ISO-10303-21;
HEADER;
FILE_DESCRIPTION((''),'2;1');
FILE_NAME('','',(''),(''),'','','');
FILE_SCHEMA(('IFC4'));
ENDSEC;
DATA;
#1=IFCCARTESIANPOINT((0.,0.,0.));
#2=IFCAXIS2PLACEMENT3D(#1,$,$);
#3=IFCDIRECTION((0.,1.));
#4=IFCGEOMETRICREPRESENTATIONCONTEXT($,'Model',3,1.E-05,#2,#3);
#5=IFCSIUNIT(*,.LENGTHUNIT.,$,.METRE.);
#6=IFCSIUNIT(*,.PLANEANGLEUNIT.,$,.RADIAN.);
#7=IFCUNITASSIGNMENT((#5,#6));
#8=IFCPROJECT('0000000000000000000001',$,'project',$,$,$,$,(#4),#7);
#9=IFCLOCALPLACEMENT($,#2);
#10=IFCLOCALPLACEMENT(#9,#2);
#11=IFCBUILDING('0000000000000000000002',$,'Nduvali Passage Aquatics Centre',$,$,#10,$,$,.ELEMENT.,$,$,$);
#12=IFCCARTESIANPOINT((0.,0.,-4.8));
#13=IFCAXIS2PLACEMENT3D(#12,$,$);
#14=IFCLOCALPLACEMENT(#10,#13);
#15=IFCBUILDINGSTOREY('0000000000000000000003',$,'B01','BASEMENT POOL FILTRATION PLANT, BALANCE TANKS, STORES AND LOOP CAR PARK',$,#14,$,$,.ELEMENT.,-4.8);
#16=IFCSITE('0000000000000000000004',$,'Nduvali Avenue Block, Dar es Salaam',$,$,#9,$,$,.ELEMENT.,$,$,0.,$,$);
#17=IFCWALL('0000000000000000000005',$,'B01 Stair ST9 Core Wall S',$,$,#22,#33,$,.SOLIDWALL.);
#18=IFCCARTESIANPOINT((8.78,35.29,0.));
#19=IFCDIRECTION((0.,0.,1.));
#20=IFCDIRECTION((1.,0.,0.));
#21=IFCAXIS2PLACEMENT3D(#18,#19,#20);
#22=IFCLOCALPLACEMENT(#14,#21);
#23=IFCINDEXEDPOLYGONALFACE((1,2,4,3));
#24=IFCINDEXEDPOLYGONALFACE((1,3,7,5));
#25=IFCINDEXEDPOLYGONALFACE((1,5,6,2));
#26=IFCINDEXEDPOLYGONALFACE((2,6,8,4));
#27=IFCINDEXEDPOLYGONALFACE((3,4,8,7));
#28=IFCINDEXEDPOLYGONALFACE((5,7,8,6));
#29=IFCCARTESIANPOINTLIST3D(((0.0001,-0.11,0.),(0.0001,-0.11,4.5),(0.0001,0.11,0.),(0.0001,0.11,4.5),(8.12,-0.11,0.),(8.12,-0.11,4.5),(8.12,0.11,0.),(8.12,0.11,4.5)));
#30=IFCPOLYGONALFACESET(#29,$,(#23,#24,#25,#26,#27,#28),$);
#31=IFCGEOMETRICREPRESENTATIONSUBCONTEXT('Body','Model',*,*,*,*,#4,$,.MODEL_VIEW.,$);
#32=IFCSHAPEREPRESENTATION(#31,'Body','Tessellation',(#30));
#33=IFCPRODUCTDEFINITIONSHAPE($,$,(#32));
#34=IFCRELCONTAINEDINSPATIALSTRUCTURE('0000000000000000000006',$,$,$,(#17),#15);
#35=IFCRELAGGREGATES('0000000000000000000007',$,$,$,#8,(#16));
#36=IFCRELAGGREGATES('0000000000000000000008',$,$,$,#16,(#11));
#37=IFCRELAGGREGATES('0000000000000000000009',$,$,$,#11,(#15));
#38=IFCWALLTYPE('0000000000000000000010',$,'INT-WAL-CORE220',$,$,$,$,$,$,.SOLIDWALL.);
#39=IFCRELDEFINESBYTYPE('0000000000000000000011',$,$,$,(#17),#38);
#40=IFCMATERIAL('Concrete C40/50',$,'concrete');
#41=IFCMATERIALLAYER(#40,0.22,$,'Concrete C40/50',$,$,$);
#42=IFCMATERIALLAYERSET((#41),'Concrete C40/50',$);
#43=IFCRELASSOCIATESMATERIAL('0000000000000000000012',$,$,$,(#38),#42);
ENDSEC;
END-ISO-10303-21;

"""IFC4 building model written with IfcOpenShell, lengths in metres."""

from ifc_helpers import new_model, si_unit, direction, frame, frame_2d, origin, place, context, subcontext, project, spatial, rectangle, extrude, material, layer, layer_set, type_object, element, save


model = new_model("IFC4")

# Units and contexts
model_context = context("Model", 3, precision=1e-05, world=origin(), true_north=direction((0.0, 1.0)))
body_context = subcontext(model_context, "Body", "Model", "MODEL_VIEW")
ifc_project = project(units=[si_unit("LENGTHUNIT", "METRE"), si_unit("PLANEANGLEUNIT", "RADIAN")], contexts=[model_context])

# Site, building, storey
site_placement = place(None, origin())
site = spatial("IfcSite", under=ifc_project, at=site_placement, Name="Nduvali Avenue Block, Dar es Salaam", CompositionType="ELEMENT", RefElevation=0.0)
building_placement = place(site_placement, origin())
building = spatial("IfcBuilding", under=site, at=building_placement, Name="Nduvali Passage Aquatics Centre", CompositionType="ELEMENT")
storey_placement = place(building_placement, frame((0.0, 0.0, -4.8)))
storey = spatial("IfcBuildingStorey", under=building, at=storey_placement, Name="B01", Description="BASEMENT POOL FILTRATION PLANT, BALANCE TANKS, STORES AND LOOP CAR PARK", CompositionType="ELEMENT", Elevation=-4.8)

# Shared definitions
ifc_material_1 = material(Name="Concrete C40/50", Category="concrete")

# Wall
ifc_layer_1 = layer(ifc_material_1, 0.22, Name="Concrete C40/50")
ifc_layer_set_1 = layer_set([ifc_layer_1], Name="Concrete C40/50")
wall_type_1 = type_object("IfcWallType", Name="INT-WAL-CORE220", PredefinedType="SOLIDWALL", material=ifc_layer_set_1)
wall_1_placement = place(storey_placement, frame((8.78, 35.29, 0.0), z_axis=(0.0, 0.0, 1.0), x_axis=(1.0, 0.0, 0.0)))
element("IfcWall", 1, at=wall_1_placement, inside=storey, type_object=wall_type_1, Name="B01 Stair ST9 Core Wall S", PredefinedType="SOLIDWALL", context=body_context, shape_type="SweptSolid", body=[
    extrude(rectangle(XDim=8.1199, YDim=0.22, at=frame_2d((4.0601, 0.0))), origin(), (0.0, 0.0, 1.0), 4.5),
])

save(model, "model.ifc")
